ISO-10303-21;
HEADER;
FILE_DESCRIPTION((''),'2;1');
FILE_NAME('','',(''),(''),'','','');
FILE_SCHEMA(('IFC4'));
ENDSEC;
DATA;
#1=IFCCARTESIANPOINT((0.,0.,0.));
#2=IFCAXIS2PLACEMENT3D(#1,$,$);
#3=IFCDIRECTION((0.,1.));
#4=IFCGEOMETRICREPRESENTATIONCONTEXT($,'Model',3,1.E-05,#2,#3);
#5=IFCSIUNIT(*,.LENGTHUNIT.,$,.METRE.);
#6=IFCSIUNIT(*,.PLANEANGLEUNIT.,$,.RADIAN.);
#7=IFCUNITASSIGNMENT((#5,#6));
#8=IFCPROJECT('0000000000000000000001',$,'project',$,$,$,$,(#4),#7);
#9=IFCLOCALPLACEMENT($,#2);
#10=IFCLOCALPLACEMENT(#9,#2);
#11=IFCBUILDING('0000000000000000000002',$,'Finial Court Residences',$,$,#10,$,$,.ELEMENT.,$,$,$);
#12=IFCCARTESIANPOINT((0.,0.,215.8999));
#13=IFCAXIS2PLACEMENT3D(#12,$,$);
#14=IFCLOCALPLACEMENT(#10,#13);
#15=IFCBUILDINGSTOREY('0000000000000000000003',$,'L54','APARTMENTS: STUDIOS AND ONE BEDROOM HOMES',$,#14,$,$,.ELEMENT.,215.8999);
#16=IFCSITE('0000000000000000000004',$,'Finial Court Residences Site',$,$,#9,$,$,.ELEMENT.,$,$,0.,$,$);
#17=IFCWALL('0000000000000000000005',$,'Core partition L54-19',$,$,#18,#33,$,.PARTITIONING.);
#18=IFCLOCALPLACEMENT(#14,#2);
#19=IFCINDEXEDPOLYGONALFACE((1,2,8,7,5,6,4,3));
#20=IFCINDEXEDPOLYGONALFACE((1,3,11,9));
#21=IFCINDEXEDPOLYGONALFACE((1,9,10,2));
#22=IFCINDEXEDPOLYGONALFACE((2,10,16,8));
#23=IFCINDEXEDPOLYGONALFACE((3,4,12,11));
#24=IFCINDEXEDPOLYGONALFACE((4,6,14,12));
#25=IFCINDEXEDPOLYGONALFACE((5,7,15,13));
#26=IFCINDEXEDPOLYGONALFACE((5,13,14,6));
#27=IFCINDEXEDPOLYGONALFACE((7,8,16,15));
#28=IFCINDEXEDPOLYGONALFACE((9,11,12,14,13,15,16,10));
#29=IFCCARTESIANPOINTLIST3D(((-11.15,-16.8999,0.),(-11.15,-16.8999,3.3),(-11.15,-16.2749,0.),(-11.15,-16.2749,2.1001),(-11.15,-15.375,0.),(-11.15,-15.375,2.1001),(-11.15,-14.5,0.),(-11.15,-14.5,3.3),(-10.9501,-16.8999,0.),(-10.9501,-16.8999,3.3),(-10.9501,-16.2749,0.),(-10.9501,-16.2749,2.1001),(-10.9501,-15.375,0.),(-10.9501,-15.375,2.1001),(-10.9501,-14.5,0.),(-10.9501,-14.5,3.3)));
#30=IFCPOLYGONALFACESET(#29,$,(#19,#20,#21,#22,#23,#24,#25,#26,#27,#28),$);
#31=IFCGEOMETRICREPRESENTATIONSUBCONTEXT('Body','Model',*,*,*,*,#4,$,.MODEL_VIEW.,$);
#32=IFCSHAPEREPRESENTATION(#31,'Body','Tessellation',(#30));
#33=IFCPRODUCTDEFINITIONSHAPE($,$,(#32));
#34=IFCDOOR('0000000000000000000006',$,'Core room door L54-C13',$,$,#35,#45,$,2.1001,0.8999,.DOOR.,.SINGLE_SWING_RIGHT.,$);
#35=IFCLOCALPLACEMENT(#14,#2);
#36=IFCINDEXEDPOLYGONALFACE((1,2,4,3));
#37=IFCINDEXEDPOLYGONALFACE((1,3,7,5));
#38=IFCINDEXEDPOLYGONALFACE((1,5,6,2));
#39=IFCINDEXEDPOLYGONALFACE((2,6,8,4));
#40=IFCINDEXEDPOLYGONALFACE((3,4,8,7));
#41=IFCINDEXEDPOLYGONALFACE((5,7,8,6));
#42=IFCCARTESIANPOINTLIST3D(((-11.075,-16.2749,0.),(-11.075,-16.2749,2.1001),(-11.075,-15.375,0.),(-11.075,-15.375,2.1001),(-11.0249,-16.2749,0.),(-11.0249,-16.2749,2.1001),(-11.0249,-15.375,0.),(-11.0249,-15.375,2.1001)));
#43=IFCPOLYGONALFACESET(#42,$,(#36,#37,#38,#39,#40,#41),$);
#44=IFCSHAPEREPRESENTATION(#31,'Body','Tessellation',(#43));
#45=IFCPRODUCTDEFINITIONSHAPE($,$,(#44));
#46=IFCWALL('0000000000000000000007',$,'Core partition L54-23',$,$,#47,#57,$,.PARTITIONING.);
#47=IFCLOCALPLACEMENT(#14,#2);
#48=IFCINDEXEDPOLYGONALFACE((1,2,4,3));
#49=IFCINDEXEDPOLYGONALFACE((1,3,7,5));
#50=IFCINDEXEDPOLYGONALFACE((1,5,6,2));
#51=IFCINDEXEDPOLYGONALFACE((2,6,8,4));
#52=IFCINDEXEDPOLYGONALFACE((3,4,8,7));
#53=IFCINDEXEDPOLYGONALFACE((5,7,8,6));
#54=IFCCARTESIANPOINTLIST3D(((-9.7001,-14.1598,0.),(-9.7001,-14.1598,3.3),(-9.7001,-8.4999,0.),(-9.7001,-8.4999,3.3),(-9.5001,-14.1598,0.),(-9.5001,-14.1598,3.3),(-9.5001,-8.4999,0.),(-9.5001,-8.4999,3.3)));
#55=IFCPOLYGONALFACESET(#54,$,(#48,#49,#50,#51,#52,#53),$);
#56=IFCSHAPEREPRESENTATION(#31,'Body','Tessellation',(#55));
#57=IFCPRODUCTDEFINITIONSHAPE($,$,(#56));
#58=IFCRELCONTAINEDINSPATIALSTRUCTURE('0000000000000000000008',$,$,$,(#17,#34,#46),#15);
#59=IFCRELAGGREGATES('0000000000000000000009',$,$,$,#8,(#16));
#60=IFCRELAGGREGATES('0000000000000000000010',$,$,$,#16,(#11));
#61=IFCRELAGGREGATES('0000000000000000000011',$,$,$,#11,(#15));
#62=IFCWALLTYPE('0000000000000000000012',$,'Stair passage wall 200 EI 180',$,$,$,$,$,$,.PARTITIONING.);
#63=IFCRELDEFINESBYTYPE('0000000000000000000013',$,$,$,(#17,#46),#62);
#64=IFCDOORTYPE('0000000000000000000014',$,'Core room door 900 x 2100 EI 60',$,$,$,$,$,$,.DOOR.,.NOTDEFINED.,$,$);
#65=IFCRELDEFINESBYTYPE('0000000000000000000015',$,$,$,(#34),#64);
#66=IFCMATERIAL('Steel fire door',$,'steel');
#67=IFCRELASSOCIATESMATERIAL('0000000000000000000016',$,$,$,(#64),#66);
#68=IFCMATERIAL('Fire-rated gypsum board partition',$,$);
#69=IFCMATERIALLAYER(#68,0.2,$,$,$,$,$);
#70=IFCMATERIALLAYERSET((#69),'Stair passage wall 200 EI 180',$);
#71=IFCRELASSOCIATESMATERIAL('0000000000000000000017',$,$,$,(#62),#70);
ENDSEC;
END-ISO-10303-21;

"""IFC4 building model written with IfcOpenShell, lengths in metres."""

from ifc_helpers import new_model, si_unit, direction, frame, frame_2d, origin, place, context, subcontext, project, spatial, rectangle, extrude, material, layer, layer_set, type_object, element, fill, save


model = new_model("IFC4")

# Units and contexts
model_context = context("Model", 3, precision=1e-05, world=origin(), true_north=direction((0.0, 1.0)))
body_context = subcontext(model_context, "Body", "Model", "MODEL_VIEW")
ifc_project = project(units=[si_unit("LENGTHUNIT", "METRE"), si_unit("PLANEANGLEUNIT", "RADIAN")], contexts=[model_context])

# Site, building, storey
site_placement = place(None, origin())
site = spatial("IfcSite", under=ifc_project, at=site_placement, Name="Finial Court Residences Site", CompositionType="ELEMENT", RefElevation=0.0)
building_placement = place(site_placement, origin())
building = spatial("IfcBuilding", under=site, at=building_placement, Name="Finial Court Residences", CompositionType="ELEMENT")
storey_placement = place(building_placement, frame((0.0, 0.0, 215.8999)))
storey = spatial("IfcBuildingStorey", under=building, at=storey_placement, Name="L54", Description="APARTMENTS: STUDIOS AND ONE BEDROOM HOMES", CompositionType="ELEMENT", Elevation=215.8999)

# Shared definitions
ifc_material_1 = material(Name="Fire-rated gypsum board partition")

# Shared definitions
ifc_material_2 = material(Name="Steel fire door", Category="steel")

# Shared definitions
door_type_1 = type_object("IfcDoorType", Name="Core room door 900 x 2100 EI 60", OperationType="NOTDEFINED", PredefinedType="DOOR", material=ifc_material_2)

# Wall, opening, door
ifc_layer_1 = layer(ifc_material_1, 0.2)
ifc_layer_set_1 = layer_set([ifc_layer_1], Name="Stair passage wall 200 EI 180")
wall_type_1 = type_object("IfcWallType", Name="Stair passage wall 200 EI 180", PredefinedType="PARTITIONING", material=ifc_layer_set_1)
wall_1_placement = place(storey_placement, frame((-11.05, -16.8999, 0.0), z_axis=(0.0, 0.0, 1.0), x_axis=(0.0, 1.0, 0.0)))
wall_1 = element("IfcWall", 1, at=wall_1_placement, inside=storey, type_object=wall_type_1, Name="Core partition L54-19", PredefinedType="PARTITIONING", context=body_context, shape_type="SweptSolid", body=[
    extrude(rectangle(XDim=2.3999, YDim=0.2, at=frame_2d((1.2, 0.0))), origin(), (0.0, 0.0, 1.0), 3.3),
])
opening_1_placement = place(wall_1_placement, frame((0.625, 0.0, 0.0)))
opening_1 = element("IfcOpeningElement", 2, at=opening_1_placement, cuts=wall_1, PredefinedType="OPENING", context=body_context, shape_type="SweptSolid", body=[
    extrude(rectangle(XDim=0.8999, YDim=2.1001, at=frame_2d((0.45, 1.05))), frame((0.0, 0.1099, 0.0), z_axis=(0.0, -1.0, 0.0), x_axis=(1.0, 0.0, 0.0)), (0.0, 0.0, 1.0), 0.22),
])
door_1_placement = place(opening_1_placement, origin())
door_1 = element("IfcDoor", 3, at=door_1_placement, inside=storey, type_object=door_type_1, Name="Core room door L54-C13", OperationType="SINGLE_SWING_RIGHT", OverallHeight=2.1001, OverallWidth=0.8999, PredefinedType="DOOR", context=body_context, shape_type="SweptSolid", body=[
    extrude(rectangle(XDim=0.8999, YDim=2.1001, at=frame_2d((0.45, 1.05))), frame((0.0, 0.0249, 0.0), z_axis=(0.0, -1.0, 0.0), x_axis=(1.0, 0.0, 0.0)), (0.0, 0.0, 1.0), 0.05),
])
fill(opening_1, door_1)

# Wall
wall_2_placement = place(storey_placement, frame((-9.6001, -14.1599, 0.0), z_axis=(0.0, 0.0, 1.0), x_axis=(0.0, 1.0, 0.0)))
element("IfcWall", 4, at=wall_2_placement, inside=storey, type_object=wall_type_1, Name="Core partition L54-23", PredefinedType="PARTITIONING", context=body_context, shape_type="SweptSolid", body=[
    extrude(rectangle(XDim=5.6599, YDim=0.2, at=frame_2d((2.8301, 0.0))), origin(), (0.0, 0.0, 1.0), 3.3),
])

save(model, "model.ifc")
